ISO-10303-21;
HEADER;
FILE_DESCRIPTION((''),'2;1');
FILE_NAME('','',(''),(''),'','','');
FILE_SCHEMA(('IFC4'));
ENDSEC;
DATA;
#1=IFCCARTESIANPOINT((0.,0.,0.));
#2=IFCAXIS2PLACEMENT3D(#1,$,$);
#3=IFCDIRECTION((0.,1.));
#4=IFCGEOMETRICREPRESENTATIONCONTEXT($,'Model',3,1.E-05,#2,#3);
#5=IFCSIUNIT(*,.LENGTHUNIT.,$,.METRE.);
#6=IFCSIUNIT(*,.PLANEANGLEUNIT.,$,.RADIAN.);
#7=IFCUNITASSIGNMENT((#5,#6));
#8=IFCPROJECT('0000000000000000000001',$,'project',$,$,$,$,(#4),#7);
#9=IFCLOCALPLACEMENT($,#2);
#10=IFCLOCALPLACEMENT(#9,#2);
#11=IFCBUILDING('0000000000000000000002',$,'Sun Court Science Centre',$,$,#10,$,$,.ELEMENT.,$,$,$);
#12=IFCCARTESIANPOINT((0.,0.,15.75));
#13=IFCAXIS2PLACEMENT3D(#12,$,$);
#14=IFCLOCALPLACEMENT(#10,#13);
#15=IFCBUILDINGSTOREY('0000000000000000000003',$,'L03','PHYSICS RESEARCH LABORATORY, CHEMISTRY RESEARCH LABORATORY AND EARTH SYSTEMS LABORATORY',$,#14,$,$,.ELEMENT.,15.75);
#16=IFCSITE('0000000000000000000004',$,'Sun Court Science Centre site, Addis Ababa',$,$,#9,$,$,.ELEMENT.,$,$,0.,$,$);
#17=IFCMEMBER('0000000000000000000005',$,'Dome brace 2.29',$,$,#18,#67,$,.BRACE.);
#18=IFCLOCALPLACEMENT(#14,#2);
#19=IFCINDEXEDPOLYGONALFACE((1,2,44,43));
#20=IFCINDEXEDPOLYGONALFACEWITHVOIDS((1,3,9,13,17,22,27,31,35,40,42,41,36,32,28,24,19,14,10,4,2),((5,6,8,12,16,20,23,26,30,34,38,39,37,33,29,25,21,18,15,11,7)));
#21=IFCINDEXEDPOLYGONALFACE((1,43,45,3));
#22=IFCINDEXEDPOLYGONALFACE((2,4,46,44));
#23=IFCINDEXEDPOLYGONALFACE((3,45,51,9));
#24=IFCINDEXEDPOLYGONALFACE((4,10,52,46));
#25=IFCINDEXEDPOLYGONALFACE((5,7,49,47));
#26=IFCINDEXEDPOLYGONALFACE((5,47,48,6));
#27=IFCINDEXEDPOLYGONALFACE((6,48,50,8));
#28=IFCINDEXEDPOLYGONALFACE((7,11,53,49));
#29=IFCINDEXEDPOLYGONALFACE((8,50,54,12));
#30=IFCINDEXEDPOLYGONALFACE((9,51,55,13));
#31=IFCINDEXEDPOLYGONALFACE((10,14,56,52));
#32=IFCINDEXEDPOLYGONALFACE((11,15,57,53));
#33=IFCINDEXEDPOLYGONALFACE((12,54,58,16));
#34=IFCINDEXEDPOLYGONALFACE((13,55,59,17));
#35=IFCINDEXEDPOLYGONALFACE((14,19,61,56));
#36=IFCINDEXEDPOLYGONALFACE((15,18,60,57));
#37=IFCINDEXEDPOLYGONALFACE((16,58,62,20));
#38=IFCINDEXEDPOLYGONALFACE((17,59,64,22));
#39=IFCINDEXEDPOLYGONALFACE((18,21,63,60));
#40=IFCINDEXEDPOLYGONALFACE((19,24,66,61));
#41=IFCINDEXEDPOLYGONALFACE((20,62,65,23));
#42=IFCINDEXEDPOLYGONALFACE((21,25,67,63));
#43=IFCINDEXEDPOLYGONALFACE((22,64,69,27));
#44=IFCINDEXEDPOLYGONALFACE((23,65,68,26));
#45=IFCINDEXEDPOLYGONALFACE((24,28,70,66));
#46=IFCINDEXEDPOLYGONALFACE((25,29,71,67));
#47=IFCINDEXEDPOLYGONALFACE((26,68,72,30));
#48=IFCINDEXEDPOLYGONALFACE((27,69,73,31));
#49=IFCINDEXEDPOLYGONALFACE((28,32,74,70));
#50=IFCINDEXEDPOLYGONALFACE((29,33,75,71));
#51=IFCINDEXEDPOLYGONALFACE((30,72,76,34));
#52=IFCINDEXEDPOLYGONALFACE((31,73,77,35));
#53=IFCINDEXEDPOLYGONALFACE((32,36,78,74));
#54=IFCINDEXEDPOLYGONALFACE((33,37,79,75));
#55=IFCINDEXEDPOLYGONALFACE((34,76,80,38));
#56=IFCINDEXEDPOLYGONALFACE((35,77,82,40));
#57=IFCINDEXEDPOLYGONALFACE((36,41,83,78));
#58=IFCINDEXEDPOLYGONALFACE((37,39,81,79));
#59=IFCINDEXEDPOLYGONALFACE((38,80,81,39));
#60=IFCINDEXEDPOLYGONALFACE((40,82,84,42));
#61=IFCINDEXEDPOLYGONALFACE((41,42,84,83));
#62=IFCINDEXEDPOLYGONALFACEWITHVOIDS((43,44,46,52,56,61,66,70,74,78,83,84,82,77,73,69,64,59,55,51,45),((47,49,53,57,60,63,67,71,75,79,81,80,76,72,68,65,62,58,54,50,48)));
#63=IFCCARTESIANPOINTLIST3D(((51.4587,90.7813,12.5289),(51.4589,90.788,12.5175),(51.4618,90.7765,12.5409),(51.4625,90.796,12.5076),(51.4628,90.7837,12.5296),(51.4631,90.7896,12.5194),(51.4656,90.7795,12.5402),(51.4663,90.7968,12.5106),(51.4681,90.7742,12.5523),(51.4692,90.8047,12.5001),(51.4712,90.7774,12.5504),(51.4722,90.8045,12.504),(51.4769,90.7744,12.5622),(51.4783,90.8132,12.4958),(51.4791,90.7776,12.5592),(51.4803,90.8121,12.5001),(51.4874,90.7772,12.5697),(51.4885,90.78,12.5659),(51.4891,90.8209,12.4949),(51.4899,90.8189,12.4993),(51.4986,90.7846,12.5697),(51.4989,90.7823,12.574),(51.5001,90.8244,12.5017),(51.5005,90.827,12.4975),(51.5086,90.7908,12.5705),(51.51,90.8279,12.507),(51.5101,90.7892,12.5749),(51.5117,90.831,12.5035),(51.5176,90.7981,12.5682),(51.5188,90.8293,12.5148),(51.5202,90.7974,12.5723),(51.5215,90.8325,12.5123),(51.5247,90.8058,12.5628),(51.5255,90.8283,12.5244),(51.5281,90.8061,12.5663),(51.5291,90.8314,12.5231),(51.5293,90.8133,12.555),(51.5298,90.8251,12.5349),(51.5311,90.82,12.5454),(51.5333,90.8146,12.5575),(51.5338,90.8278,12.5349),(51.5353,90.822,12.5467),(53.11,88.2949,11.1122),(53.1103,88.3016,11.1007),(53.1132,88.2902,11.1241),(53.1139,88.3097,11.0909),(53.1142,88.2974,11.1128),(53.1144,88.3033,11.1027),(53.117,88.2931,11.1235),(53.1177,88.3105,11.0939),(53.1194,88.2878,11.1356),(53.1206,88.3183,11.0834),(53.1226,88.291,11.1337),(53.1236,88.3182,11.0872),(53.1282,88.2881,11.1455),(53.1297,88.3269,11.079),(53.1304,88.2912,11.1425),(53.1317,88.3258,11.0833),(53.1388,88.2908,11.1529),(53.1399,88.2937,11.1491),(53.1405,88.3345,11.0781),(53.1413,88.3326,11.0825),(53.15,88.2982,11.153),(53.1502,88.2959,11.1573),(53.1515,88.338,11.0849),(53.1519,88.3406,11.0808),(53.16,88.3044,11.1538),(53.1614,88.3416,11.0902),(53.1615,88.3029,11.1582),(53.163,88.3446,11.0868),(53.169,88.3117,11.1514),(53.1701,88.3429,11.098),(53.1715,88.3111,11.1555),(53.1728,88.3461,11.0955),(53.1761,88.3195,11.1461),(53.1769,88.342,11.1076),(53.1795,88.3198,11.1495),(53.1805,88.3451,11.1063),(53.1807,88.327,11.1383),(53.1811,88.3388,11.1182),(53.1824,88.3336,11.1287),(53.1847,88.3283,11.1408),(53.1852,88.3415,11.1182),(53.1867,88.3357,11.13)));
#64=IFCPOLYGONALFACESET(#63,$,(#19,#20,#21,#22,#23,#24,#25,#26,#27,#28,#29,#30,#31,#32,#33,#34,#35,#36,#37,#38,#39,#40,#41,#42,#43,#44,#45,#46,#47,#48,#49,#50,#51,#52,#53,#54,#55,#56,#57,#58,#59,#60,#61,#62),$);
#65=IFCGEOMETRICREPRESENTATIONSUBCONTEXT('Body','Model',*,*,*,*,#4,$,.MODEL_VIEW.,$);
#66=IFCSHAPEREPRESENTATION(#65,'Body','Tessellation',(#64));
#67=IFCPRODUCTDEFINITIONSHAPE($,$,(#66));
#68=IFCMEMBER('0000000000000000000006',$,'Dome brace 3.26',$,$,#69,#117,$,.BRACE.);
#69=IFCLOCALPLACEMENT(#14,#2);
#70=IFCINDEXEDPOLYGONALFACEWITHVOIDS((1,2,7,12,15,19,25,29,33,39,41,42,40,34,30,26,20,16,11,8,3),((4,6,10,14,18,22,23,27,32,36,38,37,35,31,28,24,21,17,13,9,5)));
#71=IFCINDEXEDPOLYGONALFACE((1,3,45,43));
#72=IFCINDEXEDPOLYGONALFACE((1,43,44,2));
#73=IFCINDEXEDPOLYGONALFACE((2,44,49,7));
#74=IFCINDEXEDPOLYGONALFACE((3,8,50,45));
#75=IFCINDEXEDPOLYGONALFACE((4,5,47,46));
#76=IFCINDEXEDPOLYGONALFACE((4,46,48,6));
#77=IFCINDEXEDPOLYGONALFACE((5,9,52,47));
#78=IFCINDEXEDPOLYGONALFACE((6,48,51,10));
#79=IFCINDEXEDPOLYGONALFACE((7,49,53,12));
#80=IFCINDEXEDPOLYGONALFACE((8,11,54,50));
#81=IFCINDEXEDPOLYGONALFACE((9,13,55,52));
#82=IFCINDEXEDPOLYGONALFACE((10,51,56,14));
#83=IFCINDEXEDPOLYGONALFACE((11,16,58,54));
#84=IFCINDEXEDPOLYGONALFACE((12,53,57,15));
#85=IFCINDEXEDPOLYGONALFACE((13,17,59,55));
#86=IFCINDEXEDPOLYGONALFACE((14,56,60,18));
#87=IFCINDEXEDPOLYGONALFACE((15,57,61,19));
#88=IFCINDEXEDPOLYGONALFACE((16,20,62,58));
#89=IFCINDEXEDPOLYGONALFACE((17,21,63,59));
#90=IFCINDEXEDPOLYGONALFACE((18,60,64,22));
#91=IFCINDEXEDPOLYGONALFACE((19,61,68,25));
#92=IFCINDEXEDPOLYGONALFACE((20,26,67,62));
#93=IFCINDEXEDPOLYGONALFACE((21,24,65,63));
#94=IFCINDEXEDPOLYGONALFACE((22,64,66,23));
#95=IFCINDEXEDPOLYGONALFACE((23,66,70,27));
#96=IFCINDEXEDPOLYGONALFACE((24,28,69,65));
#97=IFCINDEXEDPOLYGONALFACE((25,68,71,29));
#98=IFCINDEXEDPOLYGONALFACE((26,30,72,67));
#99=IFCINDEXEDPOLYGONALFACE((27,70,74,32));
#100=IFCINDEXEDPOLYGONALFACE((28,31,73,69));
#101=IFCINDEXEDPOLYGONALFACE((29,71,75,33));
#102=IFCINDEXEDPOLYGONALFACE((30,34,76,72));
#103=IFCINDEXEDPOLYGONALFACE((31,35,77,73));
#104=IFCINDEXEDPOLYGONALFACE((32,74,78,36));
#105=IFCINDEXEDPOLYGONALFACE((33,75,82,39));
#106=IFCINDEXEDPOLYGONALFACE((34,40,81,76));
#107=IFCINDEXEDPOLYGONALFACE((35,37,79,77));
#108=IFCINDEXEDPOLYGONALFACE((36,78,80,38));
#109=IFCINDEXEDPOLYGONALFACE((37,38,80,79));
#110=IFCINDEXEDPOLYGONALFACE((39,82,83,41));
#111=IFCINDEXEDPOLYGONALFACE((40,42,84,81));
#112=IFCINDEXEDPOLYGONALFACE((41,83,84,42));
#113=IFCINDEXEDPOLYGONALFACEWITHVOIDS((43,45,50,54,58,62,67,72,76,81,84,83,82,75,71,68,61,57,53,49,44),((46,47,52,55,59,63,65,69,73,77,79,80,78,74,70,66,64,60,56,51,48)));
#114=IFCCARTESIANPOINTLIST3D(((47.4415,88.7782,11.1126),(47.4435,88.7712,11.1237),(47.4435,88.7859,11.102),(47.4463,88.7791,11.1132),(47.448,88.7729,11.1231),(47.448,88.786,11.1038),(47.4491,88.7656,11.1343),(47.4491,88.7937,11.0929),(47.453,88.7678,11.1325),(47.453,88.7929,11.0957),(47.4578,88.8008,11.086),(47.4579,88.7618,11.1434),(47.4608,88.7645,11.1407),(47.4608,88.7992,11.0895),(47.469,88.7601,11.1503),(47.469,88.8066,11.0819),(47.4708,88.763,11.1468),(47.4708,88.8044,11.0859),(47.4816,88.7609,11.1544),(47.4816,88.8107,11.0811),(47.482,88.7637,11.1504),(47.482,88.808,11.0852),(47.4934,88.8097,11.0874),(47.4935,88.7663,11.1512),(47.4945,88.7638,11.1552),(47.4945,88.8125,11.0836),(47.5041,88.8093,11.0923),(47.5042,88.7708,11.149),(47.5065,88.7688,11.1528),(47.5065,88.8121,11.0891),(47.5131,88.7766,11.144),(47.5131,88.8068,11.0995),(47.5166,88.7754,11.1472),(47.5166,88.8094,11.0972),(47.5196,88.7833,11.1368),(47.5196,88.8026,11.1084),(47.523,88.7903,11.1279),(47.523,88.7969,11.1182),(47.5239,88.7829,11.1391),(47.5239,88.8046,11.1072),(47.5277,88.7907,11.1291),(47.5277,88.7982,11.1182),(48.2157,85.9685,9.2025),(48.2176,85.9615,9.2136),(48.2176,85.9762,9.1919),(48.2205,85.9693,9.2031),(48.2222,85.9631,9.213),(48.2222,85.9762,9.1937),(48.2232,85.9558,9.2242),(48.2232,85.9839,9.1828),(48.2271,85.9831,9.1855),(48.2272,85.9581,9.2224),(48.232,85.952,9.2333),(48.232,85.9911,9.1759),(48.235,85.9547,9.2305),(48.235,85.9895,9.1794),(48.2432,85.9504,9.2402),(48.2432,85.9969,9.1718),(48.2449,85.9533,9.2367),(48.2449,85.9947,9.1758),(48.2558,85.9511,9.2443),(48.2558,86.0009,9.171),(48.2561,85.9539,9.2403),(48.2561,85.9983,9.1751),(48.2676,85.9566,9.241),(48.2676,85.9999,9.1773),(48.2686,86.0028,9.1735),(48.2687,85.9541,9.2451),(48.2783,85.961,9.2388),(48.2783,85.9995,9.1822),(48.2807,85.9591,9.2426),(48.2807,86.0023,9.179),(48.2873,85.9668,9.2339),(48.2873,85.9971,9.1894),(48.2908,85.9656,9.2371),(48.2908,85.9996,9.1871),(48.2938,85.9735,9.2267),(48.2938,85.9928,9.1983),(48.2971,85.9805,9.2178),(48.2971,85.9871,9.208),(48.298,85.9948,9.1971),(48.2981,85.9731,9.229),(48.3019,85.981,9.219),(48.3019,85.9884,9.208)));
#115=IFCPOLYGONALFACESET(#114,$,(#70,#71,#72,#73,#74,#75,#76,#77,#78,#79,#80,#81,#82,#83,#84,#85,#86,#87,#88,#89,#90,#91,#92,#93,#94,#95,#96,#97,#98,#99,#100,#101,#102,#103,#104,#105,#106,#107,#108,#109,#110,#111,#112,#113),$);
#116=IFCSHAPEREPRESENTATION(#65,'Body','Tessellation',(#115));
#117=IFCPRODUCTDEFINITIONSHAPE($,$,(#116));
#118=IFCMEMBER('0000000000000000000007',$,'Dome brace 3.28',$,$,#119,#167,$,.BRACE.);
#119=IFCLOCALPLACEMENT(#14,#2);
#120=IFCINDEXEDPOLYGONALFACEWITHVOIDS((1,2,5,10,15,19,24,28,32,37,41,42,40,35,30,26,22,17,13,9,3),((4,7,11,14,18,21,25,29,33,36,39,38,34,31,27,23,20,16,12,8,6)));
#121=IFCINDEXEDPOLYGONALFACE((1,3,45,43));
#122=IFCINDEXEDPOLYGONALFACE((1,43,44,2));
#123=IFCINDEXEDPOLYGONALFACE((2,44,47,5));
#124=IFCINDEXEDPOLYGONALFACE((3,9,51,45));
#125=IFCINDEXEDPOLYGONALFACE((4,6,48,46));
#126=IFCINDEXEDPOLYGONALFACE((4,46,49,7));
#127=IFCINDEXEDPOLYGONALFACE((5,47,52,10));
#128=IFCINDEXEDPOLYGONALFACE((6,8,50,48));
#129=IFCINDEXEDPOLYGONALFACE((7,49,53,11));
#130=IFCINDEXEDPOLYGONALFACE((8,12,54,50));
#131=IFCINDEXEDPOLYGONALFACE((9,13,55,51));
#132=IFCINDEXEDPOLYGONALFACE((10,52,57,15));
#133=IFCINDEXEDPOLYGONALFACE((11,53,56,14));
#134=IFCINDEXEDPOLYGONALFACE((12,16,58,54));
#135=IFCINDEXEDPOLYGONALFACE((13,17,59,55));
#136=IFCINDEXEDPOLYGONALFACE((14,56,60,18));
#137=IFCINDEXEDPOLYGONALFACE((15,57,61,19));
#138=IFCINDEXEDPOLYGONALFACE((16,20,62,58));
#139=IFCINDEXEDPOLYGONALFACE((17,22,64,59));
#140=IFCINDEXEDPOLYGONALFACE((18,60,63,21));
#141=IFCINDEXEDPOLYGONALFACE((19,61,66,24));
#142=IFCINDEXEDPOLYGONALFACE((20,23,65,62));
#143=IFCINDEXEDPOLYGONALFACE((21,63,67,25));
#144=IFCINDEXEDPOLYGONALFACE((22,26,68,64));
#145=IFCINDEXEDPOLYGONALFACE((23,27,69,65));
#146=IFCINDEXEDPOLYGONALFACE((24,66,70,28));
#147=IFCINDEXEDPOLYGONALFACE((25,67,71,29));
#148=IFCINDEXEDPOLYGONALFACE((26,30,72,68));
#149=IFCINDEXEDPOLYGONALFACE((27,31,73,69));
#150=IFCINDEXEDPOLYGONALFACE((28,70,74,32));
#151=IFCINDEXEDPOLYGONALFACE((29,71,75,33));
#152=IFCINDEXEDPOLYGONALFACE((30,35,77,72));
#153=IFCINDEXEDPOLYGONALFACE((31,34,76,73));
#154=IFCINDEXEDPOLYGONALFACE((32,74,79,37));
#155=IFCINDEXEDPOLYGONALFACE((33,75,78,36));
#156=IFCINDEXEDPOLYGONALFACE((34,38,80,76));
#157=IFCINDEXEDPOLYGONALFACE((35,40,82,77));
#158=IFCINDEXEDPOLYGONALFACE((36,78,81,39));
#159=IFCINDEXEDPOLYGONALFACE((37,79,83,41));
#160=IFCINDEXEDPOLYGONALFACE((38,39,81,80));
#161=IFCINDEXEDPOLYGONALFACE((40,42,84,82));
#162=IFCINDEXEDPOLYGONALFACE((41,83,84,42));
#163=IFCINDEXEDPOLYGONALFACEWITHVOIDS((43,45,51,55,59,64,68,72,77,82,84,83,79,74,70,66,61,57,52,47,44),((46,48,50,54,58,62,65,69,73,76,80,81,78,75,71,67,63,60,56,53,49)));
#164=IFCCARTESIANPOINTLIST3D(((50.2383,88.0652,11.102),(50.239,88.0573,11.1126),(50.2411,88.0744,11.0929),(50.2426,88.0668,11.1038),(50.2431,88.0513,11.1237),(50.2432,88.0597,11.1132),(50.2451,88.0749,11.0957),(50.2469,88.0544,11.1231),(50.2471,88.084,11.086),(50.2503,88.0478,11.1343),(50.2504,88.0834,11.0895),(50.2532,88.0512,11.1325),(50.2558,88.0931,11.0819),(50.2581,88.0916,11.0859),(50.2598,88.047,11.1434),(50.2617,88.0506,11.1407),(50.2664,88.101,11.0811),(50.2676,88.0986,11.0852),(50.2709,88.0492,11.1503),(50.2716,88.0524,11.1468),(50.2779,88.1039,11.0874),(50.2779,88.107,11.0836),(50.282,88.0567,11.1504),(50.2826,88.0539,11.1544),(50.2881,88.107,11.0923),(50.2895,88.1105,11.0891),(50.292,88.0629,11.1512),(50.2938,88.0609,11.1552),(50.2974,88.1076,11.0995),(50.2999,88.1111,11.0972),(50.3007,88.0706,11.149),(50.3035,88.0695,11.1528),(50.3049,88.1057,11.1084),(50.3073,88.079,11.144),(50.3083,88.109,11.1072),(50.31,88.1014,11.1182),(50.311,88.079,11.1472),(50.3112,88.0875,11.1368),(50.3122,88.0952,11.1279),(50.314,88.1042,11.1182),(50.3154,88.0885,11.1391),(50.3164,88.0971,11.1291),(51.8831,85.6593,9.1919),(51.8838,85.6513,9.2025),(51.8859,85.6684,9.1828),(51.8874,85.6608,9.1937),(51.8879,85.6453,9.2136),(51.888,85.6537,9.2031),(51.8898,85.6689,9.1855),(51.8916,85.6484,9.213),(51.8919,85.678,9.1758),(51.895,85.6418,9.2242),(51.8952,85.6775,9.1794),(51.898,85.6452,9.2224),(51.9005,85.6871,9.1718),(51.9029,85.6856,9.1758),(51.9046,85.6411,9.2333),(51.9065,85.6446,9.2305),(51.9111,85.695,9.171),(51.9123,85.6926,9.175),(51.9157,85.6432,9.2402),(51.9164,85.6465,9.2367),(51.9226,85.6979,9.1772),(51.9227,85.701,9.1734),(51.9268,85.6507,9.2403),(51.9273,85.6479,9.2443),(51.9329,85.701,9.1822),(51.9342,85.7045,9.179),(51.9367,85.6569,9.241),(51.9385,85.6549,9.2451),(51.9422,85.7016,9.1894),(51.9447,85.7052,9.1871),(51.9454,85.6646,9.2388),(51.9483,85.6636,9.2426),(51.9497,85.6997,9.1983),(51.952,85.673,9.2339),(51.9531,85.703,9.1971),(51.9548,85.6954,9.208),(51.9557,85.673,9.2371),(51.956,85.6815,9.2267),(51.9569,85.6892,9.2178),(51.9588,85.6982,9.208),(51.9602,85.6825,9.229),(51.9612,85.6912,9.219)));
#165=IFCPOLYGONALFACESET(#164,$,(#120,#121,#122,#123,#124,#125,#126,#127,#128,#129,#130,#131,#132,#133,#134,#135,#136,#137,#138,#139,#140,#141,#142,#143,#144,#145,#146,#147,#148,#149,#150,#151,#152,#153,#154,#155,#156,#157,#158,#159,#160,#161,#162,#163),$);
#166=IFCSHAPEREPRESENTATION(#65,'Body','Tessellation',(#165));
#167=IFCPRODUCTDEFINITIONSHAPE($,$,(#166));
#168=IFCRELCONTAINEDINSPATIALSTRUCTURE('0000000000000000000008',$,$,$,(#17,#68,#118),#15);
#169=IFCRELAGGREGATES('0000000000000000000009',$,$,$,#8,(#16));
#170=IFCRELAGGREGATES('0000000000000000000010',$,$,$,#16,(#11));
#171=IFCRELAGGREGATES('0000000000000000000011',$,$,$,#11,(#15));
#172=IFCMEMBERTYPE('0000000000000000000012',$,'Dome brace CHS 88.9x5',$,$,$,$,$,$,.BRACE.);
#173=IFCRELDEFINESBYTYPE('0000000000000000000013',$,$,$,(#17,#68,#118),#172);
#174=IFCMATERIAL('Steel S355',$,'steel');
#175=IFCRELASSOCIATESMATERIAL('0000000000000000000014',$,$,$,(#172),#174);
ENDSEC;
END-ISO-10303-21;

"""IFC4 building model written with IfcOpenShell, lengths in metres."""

from ifc_helpers import new_model, si_unit, direction, frame, origin, origin_2d, place, context, subcontext, project, spatial, hollow_circle, extrude, material, material_profile, profile_set, type_object, element, save


model = new_model("IFC4")

# Units and contexts
model_context = context("Model", 3, precision=1e-05, world=origin(), true_north=direction((0.0, 1.0)))
body_context = subcontext(model_context, "Body", "Model", "MODEL_VIEW")
ifc_project = project(units=[si_unit("LENGTHUNIT", "METRE"), si_unit("PLANEANGLEUNIT", "RADIAN")], contexts=[model_context])

# Site, building, storey
site_placement = place(None, origin())
site = spatial("IfcSite", under=ifc_project, at=site_placement, Name="Sun Court Science Centre site, Addis Ababa", CompositionType="ELEMENT", RefElevation=0.0)
building_placement = place(site_placement, origin())
building = spatial("IfcBuilding", under=site, at=building_placement, Name="Sun Court Science Centre", CompositionType="ELEMENT")
storey_placement = place(building_placement, frame((0.0, 0.0, 15.75)))
storey = spatial("IfcBuildingStorey", under=building, at=storey_placement, Name="L03", Description="PHYSICS RESEARCH LABORATORY, CHEMISTRY RESEARCH LABORATORY AND EARTH SYSTEMS LABORATORY", CompositionType="ELEMENT", Elevation=15.75)

# Members
ifc_material_1 = material(Name="Steel S355", Category="steel")
ifc_material_profile_1 = material_profile(ifc_material_1, hollow_circle(Radius=0.0444, WallThickness=0.0049, at=origin_2d()), Name="CHS 88.9x5")
ifc_profile_set_1 = profile_set([ifc_material_profile_1], Name="Steel S355")
member_type_1 = type_object("IfcMemberType", Name="Dome brace CHS 88.9x5", PredefinedType="BRACE", material=ifc_profile_set_1)
for number, where, z_axis, x_axis, name in (
    (1, (51.4968, 90.8032, 12.5349), (0.499818, -0.752534, -0.428806), (0.833005, 0.553265, 0.0), "Dome brace 2.29"),
):
    element("IfcMember", number, at=place(storey_placement, frame(where, z_axis=z_axis, x_axis=x_axis)), inside=storey, type_object=member_type_1, Name=name, PredefinedType="BRACE", context=body_context, shape_type="SweptSolid", body=[
        extrude(hollow_circle(Radius=0.0444, WallThickness=0.0049, at=origin_2d()), origin(), (0.0, 0.0, 1.0), 3.304),
    ])
for number, where, z_axis, x_axis, name in (
    (2, (47.4849, 88.7864, 11.1182), (0.222163, -0.80633, -0.548156), (0.964076, 0.265626, 0.0), "Dome brace 3.26"),
    (3, (50.2773, 88.0791, 11.1182), (0.472005, -0.690457, -0.548162), (0.825537, 0.564348, 0.0), "Dome brace 3.28"),
):
    element("IfcMember", number, at=place(storey_placement, frame(where, z_axis=z_axis, x_axis=x_axis)), inside=storey, type_object=member_type_1, Name=name, PredefinedType="BRACE", context=body_context, shape_type="SweptSolid", body=[
        extrude(hollow_circle(Radius=0.0444, WallThickness=0.0049, at=origin_2d()), origin(), (0.0, 0.0, 1.0), 3.4846),
    ])

save(model, "model.ifc")
